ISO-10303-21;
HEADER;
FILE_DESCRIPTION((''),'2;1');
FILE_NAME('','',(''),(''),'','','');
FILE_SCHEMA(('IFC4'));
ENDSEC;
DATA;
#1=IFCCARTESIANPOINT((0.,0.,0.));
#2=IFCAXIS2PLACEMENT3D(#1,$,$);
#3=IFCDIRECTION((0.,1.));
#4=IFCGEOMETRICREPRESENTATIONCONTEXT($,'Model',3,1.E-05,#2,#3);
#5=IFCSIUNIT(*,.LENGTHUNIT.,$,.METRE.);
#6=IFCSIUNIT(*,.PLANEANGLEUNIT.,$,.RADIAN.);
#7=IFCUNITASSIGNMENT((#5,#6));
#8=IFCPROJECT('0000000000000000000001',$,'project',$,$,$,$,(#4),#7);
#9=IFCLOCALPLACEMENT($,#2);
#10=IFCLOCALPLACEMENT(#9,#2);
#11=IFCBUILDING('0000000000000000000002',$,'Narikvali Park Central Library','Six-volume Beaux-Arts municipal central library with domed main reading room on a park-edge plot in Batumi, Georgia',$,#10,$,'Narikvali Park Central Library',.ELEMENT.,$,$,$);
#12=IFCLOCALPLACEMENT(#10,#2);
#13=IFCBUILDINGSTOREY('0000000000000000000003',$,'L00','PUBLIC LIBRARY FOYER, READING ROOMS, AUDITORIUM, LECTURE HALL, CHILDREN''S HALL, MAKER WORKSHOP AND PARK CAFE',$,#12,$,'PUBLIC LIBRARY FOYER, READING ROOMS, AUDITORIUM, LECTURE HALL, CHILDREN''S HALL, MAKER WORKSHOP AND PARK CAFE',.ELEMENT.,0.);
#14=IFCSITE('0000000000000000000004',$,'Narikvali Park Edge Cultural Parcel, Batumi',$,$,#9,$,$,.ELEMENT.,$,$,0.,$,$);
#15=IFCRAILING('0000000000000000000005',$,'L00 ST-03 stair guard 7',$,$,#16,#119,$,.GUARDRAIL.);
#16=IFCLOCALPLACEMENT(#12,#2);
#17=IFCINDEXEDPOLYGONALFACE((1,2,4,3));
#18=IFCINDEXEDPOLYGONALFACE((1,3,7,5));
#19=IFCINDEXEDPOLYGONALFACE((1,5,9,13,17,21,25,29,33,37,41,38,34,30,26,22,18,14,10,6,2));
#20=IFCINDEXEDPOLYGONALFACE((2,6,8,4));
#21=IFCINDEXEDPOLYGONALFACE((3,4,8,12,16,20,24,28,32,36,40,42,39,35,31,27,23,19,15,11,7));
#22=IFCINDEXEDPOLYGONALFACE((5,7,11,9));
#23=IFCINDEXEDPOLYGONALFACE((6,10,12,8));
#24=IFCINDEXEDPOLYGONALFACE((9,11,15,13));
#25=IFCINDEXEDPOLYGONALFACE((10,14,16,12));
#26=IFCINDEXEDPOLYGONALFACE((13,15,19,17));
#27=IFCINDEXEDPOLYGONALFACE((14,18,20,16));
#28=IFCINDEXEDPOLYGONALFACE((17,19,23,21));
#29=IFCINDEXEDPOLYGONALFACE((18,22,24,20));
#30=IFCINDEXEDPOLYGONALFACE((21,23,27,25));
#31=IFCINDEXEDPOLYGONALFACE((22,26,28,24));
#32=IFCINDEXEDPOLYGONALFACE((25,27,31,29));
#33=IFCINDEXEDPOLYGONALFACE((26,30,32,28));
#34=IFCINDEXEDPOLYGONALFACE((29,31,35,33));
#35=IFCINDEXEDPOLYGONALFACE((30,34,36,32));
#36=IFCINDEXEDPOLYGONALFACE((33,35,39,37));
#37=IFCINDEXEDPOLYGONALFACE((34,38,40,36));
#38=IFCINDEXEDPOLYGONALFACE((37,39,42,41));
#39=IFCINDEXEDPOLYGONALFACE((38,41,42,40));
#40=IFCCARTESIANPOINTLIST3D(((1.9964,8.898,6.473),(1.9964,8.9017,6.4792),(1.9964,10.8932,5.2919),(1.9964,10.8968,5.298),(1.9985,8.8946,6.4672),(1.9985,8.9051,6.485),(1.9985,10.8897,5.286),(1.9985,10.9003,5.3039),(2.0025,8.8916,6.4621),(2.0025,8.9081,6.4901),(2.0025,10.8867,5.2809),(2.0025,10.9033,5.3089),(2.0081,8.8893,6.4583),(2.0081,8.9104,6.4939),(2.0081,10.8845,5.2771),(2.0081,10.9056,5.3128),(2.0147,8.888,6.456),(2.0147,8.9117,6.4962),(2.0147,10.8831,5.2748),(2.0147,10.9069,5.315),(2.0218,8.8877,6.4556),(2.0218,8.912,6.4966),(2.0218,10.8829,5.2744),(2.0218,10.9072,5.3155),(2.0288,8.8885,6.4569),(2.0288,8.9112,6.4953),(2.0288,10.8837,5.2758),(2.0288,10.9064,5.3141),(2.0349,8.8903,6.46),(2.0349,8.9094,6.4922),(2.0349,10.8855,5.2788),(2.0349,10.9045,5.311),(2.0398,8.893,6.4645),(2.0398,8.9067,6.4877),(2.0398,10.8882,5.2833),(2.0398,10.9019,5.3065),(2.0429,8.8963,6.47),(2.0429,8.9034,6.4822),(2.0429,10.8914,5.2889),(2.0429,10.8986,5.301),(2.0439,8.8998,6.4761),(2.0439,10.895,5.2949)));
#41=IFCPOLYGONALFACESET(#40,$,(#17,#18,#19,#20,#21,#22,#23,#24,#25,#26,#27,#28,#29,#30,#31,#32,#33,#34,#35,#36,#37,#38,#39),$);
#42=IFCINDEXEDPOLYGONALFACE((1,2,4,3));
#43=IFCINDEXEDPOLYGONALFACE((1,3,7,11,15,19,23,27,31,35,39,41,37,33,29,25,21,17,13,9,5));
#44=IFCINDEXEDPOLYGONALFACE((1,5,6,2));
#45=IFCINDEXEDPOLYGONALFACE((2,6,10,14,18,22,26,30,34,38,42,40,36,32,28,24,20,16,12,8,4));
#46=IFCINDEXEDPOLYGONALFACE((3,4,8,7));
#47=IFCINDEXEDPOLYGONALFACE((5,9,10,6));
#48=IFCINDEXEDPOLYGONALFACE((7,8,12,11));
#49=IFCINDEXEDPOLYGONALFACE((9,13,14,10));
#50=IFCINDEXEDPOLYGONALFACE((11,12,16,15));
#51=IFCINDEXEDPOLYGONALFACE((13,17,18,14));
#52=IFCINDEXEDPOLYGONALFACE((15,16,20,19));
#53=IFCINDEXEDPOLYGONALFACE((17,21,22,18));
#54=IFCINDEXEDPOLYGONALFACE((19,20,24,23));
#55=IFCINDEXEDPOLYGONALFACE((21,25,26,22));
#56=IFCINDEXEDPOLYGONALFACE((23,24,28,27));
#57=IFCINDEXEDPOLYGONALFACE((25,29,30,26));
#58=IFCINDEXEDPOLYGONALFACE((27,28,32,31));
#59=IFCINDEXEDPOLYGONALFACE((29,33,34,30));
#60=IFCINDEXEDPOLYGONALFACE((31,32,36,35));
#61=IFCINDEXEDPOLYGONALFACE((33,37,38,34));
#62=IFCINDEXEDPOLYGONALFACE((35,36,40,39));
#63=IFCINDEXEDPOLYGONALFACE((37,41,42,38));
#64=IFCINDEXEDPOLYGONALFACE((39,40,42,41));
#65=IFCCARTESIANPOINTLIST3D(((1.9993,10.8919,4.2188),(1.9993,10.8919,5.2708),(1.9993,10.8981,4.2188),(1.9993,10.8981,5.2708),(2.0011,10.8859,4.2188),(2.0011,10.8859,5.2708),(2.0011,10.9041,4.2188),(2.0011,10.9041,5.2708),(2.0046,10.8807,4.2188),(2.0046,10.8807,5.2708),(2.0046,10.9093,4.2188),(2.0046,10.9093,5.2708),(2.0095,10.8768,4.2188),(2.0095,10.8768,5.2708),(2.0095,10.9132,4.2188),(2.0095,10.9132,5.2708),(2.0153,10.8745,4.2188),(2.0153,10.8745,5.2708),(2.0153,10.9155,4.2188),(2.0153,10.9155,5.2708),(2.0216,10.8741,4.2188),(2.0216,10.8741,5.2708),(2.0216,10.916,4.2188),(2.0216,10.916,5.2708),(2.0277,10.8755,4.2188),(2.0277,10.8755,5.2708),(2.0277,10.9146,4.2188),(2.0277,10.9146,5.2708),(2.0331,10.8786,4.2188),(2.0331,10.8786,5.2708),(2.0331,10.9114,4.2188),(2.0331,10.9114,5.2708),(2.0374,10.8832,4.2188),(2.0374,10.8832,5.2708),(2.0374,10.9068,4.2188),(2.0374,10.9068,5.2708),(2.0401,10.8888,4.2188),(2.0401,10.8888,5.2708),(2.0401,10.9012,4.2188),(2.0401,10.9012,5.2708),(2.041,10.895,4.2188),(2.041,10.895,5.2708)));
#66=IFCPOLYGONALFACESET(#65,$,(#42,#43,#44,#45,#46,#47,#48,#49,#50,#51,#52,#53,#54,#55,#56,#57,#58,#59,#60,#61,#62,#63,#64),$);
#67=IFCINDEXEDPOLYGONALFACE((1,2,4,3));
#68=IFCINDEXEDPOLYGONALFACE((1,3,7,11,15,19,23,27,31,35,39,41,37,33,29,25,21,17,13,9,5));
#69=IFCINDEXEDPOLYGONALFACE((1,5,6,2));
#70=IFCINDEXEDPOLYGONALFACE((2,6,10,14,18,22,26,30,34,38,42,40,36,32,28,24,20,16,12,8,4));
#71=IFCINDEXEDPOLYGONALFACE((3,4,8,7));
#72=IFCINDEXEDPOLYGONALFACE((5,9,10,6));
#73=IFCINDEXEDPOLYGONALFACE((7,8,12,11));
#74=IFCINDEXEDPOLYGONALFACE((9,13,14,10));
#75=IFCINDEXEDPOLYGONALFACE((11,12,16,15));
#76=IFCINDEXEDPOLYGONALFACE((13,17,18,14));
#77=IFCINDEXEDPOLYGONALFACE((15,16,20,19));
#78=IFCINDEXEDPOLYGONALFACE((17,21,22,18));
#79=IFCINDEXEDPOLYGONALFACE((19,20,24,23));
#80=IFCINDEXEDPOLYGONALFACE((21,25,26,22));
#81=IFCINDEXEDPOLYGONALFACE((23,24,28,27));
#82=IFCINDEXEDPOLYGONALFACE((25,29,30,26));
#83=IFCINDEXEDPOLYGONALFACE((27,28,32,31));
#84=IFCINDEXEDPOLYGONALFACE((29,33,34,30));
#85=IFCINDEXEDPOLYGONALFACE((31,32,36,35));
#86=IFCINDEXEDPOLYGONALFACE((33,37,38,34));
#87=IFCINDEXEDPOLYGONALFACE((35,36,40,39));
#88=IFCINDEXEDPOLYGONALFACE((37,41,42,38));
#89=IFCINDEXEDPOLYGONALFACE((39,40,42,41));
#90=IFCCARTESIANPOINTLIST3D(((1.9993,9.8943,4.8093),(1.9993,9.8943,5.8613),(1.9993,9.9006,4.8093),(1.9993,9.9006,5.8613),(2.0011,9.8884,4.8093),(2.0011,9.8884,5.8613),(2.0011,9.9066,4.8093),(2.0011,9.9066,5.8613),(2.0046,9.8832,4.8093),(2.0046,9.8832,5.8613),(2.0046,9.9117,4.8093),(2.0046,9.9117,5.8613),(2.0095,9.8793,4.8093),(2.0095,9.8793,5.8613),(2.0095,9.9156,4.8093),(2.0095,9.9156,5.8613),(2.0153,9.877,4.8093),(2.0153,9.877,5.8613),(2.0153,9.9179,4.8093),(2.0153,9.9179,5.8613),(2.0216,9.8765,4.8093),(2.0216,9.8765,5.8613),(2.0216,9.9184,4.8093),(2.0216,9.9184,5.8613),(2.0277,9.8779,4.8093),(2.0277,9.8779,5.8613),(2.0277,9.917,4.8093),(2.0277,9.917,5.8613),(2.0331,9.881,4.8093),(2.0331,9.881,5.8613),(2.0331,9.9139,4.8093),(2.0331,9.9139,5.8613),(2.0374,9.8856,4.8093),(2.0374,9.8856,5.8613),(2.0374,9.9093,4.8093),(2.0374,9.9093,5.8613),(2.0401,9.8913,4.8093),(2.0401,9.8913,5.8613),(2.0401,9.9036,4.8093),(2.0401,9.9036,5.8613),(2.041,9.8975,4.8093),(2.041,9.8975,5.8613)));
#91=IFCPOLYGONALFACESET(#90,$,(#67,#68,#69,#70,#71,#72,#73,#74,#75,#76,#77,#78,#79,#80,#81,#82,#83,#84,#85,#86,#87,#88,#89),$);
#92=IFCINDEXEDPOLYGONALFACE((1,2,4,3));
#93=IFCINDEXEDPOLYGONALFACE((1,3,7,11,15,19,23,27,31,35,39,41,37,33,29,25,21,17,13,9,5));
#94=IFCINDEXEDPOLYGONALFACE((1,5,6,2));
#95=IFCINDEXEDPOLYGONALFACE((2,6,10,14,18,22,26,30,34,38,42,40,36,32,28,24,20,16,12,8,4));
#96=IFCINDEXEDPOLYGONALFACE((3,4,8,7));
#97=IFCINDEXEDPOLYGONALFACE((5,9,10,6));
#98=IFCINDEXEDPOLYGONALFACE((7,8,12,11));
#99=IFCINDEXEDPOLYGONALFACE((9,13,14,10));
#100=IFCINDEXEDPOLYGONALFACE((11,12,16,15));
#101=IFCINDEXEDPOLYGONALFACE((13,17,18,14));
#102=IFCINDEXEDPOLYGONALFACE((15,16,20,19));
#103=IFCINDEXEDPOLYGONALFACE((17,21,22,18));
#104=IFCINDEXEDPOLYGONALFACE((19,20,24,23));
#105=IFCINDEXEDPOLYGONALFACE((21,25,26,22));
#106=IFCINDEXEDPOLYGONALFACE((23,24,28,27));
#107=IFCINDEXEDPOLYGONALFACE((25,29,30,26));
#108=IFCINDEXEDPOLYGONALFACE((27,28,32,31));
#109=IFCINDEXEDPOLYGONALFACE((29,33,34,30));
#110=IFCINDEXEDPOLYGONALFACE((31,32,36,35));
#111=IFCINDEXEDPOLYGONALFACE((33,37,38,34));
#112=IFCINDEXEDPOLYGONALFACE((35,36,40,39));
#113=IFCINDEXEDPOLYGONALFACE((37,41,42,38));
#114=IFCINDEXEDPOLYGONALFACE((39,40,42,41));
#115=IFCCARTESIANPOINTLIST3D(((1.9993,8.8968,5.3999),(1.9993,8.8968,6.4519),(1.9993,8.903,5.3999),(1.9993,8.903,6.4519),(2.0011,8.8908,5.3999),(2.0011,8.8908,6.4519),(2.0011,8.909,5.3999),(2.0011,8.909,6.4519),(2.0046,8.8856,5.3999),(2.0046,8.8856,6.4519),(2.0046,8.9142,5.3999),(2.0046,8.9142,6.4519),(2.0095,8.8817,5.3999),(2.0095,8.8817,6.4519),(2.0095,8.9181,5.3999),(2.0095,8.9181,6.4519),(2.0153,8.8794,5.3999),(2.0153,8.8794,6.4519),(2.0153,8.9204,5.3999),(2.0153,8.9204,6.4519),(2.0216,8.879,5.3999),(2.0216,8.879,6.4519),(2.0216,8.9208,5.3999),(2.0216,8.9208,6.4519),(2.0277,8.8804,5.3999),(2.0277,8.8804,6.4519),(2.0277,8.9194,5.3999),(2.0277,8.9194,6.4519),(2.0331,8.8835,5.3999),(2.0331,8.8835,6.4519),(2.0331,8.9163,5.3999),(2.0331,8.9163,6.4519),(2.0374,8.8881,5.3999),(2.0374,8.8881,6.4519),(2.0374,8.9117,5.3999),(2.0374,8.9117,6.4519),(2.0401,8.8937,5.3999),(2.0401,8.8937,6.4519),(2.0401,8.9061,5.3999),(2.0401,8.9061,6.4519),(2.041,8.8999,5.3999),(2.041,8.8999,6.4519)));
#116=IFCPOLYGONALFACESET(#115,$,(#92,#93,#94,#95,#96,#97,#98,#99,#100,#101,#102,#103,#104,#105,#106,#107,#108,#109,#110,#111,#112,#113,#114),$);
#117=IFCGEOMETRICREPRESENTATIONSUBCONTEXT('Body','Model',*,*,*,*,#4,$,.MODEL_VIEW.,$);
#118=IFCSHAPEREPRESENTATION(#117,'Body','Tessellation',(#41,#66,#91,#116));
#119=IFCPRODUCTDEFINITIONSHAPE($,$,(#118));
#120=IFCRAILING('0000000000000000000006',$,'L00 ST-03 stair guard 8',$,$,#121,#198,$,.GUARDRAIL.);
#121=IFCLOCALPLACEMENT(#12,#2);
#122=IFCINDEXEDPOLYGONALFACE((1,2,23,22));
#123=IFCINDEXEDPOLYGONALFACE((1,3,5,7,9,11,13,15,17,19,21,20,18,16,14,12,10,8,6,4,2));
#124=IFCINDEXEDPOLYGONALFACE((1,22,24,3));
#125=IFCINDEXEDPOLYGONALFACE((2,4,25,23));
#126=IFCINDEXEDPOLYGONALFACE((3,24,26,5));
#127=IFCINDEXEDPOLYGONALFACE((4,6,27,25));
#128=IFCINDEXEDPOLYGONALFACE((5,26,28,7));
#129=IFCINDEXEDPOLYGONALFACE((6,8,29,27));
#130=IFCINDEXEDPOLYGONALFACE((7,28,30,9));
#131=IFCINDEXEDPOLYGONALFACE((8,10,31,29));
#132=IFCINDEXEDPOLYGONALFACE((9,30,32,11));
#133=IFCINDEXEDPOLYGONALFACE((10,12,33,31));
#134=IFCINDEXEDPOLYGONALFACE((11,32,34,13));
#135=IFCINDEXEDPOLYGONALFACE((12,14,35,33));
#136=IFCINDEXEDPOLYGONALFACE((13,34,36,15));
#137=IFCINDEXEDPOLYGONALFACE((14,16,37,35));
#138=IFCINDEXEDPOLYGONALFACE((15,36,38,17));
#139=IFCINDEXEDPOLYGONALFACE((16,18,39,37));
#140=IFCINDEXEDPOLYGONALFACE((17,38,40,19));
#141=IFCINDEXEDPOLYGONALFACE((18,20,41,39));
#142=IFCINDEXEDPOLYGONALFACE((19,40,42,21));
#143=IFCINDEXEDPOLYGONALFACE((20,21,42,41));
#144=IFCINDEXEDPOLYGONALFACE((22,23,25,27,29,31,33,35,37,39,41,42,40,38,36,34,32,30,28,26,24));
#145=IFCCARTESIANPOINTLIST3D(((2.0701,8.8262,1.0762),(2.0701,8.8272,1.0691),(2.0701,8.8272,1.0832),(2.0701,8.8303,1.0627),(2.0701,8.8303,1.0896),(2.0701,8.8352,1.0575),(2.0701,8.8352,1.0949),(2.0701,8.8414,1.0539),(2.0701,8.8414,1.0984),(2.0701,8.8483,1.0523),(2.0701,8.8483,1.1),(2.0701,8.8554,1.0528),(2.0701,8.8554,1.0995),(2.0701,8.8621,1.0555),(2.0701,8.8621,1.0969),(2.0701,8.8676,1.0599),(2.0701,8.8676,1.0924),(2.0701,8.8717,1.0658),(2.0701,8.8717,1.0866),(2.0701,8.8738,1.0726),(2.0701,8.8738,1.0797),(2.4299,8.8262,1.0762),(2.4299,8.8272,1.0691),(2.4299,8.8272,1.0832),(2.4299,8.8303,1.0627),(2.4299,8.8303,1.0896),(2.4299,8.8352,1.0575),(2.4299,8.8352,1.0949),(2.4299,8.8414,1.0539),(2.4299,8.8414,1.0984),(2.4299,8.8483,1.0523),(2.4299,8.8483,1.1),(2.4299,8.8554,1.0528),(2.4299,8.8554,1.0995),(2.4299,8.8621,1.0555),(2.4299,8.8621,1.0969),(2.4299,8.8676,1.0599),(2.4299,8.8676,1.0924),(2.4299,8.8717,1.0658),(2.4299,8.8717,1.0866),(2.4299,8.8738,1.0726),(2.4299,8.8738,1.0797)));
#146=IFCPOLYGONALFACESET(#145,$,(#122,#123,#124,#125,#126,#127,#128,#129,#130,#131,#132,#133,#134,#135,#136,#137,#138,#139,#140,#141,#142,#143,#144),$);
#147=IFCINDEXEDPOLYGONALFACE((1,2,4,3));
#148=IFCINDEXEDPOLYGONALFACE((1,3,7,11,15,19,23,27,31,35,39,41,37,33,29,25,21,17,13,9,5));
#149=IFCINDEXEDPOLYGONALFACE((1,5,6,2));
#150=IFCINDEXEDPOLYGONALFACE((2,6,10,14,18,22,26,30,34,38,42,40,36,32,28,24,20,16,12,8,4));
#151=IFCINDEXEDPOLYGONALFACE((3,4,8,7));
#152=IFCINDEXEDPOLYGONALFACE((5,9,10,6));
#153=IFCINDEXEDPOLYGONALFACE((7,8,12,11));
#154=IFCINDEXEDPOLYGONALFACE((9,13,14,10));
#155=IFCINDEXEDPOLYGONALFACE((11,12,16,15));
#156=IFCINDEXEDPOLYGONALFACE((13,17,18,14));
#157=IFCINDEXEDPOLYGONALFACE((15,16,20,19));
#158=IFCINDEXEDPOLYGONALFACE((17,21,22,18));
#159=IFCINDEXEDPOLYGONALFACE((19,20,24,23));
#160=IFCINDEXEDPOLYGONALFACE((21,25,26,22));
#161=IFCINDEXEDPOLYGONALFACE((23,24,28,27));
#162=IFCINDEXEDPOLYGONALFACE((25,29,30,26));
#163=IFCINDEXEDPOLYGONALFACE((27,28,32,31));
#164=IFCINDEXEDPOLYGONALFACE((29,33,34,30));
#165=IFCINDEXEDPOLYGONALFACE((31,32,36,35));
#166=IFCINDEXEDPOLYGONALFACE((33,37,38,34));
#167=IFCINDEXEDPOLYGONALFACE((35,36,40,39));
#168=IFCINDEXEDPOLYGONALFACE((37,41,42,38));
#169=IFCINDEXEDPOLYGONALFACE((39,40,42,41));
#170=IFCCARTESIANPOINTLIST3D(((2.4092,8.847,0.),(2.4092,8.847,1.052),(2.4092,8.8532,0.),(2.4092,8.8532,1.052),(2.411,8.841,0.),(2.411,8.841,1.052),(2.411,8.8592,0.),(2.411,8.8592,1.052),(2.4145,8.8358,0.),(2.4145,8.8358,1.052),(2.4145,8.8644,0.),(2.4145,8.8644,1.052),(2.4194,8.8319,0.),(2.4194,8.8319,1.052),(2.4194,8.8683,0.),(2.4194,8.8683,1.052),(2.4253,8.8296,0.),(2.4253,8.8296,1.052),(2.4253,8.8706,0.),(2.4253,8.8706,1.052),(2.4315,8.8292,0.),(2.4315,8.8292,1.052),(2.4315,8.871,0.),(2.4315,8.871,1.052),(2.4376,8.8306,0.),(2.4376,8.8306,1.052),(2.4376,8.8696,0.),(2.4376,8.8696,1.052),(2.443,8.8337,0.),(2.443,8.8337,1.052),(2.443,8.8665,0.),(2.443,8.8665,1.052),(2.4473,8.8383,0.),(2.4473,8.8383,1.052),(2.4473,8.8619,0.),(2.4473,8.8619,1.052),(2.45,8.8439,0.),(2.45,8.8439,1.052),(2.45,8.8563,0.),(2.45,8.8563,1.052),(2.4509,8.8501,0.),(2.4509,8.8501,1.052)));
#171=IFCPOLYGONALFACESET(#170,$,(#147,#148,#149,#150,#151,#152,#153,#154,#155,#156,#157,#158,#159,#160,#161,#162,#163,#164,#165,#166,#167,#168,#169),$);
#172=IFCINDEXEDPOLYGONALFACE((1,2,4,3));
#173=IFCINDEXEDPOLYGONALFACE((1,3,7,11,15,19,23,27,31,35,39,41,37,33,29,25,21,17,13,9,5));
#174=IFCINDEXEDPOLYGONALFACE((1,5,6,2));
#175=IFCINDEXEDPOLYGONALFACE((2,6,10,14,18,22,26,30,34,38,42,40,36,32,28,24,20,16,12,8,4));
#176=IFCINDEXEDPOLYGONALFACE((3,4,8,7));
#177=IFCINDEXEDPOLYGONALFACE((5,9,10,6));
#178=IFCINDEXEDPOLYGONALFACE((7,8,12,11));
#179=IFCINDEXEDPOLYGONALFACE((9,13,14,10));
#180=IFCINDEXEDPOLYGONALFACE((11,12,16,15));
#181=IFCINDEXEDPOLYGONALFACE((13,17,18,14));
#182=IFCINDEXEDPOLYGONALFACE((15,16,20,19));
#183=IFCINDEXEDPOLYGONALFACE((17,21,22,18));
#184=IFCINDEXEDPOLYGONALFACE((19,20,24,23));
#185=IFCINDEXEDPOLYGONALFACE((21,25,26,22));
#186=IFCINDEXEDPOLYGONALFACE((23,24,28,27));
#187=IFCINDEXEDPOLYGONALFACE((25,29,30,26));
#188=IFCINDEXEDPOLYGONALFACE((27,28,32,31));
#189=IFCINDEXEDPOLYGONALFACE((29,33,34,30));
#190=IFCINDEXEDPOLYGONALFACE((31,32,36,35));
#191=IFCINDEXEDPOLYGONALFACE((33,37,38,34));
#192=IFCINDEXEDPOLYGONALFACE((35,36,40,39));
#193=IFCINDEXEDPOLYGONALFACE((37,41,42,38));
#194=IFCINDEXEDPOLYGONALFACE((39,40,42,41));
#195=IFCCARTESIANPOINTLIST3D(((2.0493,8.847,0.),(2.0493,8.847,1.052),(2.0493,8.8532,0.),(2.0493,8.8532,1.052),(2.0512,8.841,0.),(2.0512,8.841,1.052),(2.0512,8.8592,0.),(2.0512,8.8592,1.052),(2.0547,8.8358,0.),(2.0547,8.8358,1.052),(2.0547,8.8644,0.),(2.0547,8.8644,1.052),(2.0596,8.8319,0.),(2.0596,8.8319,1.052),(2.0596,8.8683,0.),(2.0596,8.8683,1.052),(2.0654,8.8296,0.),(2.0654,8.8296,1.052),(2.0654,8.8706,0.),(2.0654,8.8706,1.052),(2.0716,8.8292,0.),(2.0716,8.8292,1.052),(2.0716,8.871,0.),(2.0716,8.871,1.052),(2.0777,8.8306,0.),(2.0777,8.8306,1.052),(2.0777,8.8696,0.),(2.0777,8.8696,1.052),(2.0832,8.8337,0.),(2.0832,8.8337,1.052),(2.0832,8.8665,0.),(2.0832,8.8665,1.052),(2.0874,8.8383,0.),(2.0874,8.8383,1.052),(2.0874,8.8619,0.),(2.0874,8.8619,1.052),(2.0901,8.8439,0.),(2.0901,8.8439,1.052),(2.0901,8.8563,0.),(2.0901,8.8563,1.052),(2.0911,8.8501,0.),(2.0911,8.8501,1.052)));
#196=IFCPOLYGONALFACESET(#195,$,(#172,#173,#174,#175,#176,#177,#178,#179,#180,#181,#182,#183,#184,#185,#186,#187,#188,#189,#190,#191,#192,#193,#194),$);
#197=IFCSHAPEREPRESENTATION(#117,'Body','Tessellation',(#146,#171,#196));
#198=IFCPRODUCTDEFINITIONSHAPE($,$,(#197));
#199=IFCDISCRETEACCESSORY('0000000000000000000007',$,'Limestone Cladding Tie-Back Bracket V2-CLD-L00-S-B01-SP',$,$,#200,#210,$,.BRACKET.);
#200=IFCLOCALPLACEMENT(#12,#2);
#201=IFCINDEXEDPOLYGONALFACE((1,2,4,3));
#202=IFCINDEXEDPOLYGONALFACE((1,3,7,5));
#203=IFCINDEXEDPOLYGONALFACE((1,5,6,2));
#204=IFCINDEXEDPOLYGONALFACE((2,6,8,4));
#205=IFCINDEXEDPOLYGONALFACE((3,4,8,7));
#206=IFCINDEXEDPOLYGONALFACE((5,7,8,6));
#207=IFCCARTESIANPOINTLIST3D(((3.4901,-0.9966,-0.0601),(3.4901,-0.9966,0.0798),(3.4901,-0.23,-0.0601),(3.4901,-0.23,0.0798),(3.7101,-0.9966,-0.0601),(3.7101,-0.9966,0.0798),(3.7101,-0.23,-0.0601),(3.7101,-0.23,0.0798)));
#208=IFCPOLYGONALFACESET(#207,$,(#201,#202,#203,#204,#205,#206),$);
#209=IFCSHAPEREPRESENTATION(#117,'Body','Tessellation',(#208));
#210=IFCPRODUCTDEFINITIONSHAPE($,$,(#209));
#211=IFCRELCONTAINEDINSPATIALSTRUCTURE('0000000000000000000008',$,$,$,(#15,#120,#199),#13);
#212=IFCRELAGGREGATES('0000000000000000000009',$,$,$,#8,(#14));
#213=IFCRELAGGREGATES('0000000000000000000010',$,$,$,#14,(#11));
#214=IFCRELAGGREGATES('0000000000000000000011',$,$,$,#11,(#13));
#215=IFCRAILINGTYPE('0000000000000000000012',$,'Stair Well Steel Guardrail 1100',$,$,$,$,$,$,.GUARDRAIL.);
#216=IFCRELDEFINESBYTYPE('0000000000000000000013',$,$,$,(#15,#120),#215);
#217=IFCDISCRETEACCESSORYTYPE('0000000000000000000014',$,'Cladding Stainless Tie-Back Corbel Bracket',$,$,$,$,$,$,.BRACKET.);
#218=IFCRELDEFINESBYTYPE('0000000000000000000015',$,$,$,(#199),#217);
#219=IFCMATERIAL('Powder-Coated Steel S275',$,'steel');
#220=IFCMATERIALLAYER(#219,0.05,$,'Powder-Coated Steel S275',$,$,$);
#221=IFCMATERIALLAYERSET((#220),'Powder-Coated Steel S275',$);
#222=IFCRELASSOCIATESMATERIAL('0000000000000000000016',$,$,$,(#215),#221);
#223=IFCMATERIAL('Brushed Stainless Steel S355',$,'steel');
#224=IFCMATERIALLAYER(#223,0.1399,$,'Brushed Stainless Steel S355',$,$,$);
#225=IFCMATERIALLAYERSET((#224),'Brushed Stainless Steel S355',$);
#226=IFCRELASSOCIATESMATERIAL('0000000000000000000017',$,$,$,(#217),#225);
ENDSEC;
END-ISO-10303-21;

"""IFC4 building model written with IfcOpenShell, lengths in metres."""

from ifc_helpers import new_model, si_unit, direction, frame, origin, origin_2d, place, context, subcontext, project, spatial, rectangle, circle, extrude, material, layer, layer_set, type_object, element, save


model = new_model("IFC4")

# Units and contexts
model_context = context("Model", 3, precision=1e-05, world=origin(), true_north=direction((0.0, 1.0)))
body_context = subcontext(model_context, "Body", "Model", "MODEL_VIEW")
ifc_project = project(units=[si_unit("LENGTHUNIT", "METRE"), si_unit("PLANEANGLEUNIT", "RADIAN")], contexts=[model_context])

# Site, building, storey
site_placement = place(None, origin())
site = spatial("IfcSite", under=ifc_project, at=site_placement, Name="Narikvali Park Edge Cultural Parcel, Batumi", CompositionType="ELEMENT", RefElevation=0.0)
building_placement = place(site_placement, origin())
building = spatial("IfcBuilding", under=site, at=building_placement, Name="Narikvali Park Central Library", Description="Six-volume Beaux-Arts municipal central library with domed main reading room on a park-edge plot in Batumi, Georgia", LongName="Narikvali Park Central Library", CompositionType="ELEMENT")
storey_placement = place(building_placement, origin())
storey = spatial("IfcBuildingStorey", under=building, at=storey_placement, Name="L00", Description="PUBLIC LIBRARY FOYER, READING ROOMS, AUDITORIUM, LECTURE HALL, CHILDREN'S HALL, MAKER WORKSHOP AND PARK CAFE", LongName="PUBLIC LIBRARY FOYER, READING ROOMS, AUDITORIUM, LECTURE HALL, CHILDREN'S HALL, MAKER WORKSHOP AND PARK CAFE", CompositionType="ELEMENT", Elevation=0.0)

# Railings
ifc_material_1 = material(Name="Brushed Stainless Steel S355", Category="steel")
ifc_material_2 = material(Name="Powder-Coated Steel S275", Category="steel")
ifc_layer_1 = layer(ifc_material_2, 0.05, Name="Powder-Coated Steel S275")
ifc_layer_set_1 = layer_set([ifc_layer_1], Name="Powder-Coated Steel S275")
railing_type_1 = type_object("IfcRailingType", Name="Stair Well Steel Guardrail 1100", PredefinedType="GUARDRAIL", material=ifc_layer_set_1)
railing_1_placement = place(storey_placement, frame((2.02, 10.895, 4.2188)))
element("IfcRailing", 1, at=railing_1_placement, inside=storey, type_object=railing_type_1, Name="L00 ST-03 stair guard 7", PredefinedType="GUARDRAIL", context=body_context, shape_type="SweptSolid", body=[
    extrude(circle(Radius=0.0239, at=origin_2d()), frame((0.0, 0.0, 1.0762), z_axis=(0.0, -0.860507, 0.509439), x_axis=(1.0, 0.0, 0.0)), (0.0, 0.0, 1.0), 2.3186),
    extrude(circle(Radius=0.021, at=origin_2d()), origin(), (0.0, 0.0, 1.0), 1.052),
    extrude(circle(Radius=0.021, at=origin_2d()), frame((0.0, -0.9976, 0.5906)), (0.0, 0.0, 1.0), 1.052),
    extrude(circle(Radius=0.021, at=origin_2d()), frame((0.0, -1.9951, 1.1812)), (0.0, 0.0, 1.0), 1.052),
])
railing_2_placement = place(storey_placement, frame((2.4299, 8.8501, 0.0)))
element("IfcRailing", 2, at=railing_2_placement, inside=storey, type_object=railing_type_1, Name="L00 ST-03 stair guard 8", PredefinedType="GUARDRAIL", context=body_context, shape_type="SweptSolid", body=[
    extrude(circle(Radius=0.0239, at=origin_2d()), frame((0.0, 0.0, 1.0762), z_axis=(-1.0, 0.0, 0.0), x_axis=(0.0, -1.0, 0.0)), (0.0, 0.0, 1.0), 0.3599),
    extrude(circle(Radius=0.021, at=origin_2d()), origin(), (0.0, 0.0, 1.0), 1.052),
    extrude(circle(Radius=0.021, at=origin_2d()), frame((-0.3599, 0.0, 0.0)), (0.0, 0.0, 1.0), 1.052),
])

# Discrete accessory
ifc_layer_2 = layer(ifc_material_1, 0.1399, Name="Brushed Stainless Steel S355")
ifc_layer_set_2 = layer_set([ifc_layer_2], Name="Brushed Stainless Steel S355")
discrete_accessory_type = type_object("IfcDiscreteAccessoryType", Name="Cladding Stainless Tie-Back Corbel Bracket", PredefinedType="BRACKET", material=ifc_layer_set_2)
discrete_accessory_1_placement = place(storey_placement, frame((3.6001, -0.6133, -0.0601), z_axis=(0.0, 0.0, 1.0), x_axis=(1.0, 0.0, 0.0)))
element("IfcDiscreteAccessory", 3, at=discrete_accessory_1_placement, inside=storey, type_object=discrete_accessory_type, Name="Limestone Cladding Tie-Back Bracket V2-CLD-L00-S-B01-SP", PredefinedType="BRACKET", context=body_context, shape_type="SweptSolid", body=[
    extrude(rectangle(XDim=0.22, YDim=0.7666, at=origin_2d()), origin(), (0.0, 0.0, 1.0), 0.1399),
])

save(model, "model.ifc")
